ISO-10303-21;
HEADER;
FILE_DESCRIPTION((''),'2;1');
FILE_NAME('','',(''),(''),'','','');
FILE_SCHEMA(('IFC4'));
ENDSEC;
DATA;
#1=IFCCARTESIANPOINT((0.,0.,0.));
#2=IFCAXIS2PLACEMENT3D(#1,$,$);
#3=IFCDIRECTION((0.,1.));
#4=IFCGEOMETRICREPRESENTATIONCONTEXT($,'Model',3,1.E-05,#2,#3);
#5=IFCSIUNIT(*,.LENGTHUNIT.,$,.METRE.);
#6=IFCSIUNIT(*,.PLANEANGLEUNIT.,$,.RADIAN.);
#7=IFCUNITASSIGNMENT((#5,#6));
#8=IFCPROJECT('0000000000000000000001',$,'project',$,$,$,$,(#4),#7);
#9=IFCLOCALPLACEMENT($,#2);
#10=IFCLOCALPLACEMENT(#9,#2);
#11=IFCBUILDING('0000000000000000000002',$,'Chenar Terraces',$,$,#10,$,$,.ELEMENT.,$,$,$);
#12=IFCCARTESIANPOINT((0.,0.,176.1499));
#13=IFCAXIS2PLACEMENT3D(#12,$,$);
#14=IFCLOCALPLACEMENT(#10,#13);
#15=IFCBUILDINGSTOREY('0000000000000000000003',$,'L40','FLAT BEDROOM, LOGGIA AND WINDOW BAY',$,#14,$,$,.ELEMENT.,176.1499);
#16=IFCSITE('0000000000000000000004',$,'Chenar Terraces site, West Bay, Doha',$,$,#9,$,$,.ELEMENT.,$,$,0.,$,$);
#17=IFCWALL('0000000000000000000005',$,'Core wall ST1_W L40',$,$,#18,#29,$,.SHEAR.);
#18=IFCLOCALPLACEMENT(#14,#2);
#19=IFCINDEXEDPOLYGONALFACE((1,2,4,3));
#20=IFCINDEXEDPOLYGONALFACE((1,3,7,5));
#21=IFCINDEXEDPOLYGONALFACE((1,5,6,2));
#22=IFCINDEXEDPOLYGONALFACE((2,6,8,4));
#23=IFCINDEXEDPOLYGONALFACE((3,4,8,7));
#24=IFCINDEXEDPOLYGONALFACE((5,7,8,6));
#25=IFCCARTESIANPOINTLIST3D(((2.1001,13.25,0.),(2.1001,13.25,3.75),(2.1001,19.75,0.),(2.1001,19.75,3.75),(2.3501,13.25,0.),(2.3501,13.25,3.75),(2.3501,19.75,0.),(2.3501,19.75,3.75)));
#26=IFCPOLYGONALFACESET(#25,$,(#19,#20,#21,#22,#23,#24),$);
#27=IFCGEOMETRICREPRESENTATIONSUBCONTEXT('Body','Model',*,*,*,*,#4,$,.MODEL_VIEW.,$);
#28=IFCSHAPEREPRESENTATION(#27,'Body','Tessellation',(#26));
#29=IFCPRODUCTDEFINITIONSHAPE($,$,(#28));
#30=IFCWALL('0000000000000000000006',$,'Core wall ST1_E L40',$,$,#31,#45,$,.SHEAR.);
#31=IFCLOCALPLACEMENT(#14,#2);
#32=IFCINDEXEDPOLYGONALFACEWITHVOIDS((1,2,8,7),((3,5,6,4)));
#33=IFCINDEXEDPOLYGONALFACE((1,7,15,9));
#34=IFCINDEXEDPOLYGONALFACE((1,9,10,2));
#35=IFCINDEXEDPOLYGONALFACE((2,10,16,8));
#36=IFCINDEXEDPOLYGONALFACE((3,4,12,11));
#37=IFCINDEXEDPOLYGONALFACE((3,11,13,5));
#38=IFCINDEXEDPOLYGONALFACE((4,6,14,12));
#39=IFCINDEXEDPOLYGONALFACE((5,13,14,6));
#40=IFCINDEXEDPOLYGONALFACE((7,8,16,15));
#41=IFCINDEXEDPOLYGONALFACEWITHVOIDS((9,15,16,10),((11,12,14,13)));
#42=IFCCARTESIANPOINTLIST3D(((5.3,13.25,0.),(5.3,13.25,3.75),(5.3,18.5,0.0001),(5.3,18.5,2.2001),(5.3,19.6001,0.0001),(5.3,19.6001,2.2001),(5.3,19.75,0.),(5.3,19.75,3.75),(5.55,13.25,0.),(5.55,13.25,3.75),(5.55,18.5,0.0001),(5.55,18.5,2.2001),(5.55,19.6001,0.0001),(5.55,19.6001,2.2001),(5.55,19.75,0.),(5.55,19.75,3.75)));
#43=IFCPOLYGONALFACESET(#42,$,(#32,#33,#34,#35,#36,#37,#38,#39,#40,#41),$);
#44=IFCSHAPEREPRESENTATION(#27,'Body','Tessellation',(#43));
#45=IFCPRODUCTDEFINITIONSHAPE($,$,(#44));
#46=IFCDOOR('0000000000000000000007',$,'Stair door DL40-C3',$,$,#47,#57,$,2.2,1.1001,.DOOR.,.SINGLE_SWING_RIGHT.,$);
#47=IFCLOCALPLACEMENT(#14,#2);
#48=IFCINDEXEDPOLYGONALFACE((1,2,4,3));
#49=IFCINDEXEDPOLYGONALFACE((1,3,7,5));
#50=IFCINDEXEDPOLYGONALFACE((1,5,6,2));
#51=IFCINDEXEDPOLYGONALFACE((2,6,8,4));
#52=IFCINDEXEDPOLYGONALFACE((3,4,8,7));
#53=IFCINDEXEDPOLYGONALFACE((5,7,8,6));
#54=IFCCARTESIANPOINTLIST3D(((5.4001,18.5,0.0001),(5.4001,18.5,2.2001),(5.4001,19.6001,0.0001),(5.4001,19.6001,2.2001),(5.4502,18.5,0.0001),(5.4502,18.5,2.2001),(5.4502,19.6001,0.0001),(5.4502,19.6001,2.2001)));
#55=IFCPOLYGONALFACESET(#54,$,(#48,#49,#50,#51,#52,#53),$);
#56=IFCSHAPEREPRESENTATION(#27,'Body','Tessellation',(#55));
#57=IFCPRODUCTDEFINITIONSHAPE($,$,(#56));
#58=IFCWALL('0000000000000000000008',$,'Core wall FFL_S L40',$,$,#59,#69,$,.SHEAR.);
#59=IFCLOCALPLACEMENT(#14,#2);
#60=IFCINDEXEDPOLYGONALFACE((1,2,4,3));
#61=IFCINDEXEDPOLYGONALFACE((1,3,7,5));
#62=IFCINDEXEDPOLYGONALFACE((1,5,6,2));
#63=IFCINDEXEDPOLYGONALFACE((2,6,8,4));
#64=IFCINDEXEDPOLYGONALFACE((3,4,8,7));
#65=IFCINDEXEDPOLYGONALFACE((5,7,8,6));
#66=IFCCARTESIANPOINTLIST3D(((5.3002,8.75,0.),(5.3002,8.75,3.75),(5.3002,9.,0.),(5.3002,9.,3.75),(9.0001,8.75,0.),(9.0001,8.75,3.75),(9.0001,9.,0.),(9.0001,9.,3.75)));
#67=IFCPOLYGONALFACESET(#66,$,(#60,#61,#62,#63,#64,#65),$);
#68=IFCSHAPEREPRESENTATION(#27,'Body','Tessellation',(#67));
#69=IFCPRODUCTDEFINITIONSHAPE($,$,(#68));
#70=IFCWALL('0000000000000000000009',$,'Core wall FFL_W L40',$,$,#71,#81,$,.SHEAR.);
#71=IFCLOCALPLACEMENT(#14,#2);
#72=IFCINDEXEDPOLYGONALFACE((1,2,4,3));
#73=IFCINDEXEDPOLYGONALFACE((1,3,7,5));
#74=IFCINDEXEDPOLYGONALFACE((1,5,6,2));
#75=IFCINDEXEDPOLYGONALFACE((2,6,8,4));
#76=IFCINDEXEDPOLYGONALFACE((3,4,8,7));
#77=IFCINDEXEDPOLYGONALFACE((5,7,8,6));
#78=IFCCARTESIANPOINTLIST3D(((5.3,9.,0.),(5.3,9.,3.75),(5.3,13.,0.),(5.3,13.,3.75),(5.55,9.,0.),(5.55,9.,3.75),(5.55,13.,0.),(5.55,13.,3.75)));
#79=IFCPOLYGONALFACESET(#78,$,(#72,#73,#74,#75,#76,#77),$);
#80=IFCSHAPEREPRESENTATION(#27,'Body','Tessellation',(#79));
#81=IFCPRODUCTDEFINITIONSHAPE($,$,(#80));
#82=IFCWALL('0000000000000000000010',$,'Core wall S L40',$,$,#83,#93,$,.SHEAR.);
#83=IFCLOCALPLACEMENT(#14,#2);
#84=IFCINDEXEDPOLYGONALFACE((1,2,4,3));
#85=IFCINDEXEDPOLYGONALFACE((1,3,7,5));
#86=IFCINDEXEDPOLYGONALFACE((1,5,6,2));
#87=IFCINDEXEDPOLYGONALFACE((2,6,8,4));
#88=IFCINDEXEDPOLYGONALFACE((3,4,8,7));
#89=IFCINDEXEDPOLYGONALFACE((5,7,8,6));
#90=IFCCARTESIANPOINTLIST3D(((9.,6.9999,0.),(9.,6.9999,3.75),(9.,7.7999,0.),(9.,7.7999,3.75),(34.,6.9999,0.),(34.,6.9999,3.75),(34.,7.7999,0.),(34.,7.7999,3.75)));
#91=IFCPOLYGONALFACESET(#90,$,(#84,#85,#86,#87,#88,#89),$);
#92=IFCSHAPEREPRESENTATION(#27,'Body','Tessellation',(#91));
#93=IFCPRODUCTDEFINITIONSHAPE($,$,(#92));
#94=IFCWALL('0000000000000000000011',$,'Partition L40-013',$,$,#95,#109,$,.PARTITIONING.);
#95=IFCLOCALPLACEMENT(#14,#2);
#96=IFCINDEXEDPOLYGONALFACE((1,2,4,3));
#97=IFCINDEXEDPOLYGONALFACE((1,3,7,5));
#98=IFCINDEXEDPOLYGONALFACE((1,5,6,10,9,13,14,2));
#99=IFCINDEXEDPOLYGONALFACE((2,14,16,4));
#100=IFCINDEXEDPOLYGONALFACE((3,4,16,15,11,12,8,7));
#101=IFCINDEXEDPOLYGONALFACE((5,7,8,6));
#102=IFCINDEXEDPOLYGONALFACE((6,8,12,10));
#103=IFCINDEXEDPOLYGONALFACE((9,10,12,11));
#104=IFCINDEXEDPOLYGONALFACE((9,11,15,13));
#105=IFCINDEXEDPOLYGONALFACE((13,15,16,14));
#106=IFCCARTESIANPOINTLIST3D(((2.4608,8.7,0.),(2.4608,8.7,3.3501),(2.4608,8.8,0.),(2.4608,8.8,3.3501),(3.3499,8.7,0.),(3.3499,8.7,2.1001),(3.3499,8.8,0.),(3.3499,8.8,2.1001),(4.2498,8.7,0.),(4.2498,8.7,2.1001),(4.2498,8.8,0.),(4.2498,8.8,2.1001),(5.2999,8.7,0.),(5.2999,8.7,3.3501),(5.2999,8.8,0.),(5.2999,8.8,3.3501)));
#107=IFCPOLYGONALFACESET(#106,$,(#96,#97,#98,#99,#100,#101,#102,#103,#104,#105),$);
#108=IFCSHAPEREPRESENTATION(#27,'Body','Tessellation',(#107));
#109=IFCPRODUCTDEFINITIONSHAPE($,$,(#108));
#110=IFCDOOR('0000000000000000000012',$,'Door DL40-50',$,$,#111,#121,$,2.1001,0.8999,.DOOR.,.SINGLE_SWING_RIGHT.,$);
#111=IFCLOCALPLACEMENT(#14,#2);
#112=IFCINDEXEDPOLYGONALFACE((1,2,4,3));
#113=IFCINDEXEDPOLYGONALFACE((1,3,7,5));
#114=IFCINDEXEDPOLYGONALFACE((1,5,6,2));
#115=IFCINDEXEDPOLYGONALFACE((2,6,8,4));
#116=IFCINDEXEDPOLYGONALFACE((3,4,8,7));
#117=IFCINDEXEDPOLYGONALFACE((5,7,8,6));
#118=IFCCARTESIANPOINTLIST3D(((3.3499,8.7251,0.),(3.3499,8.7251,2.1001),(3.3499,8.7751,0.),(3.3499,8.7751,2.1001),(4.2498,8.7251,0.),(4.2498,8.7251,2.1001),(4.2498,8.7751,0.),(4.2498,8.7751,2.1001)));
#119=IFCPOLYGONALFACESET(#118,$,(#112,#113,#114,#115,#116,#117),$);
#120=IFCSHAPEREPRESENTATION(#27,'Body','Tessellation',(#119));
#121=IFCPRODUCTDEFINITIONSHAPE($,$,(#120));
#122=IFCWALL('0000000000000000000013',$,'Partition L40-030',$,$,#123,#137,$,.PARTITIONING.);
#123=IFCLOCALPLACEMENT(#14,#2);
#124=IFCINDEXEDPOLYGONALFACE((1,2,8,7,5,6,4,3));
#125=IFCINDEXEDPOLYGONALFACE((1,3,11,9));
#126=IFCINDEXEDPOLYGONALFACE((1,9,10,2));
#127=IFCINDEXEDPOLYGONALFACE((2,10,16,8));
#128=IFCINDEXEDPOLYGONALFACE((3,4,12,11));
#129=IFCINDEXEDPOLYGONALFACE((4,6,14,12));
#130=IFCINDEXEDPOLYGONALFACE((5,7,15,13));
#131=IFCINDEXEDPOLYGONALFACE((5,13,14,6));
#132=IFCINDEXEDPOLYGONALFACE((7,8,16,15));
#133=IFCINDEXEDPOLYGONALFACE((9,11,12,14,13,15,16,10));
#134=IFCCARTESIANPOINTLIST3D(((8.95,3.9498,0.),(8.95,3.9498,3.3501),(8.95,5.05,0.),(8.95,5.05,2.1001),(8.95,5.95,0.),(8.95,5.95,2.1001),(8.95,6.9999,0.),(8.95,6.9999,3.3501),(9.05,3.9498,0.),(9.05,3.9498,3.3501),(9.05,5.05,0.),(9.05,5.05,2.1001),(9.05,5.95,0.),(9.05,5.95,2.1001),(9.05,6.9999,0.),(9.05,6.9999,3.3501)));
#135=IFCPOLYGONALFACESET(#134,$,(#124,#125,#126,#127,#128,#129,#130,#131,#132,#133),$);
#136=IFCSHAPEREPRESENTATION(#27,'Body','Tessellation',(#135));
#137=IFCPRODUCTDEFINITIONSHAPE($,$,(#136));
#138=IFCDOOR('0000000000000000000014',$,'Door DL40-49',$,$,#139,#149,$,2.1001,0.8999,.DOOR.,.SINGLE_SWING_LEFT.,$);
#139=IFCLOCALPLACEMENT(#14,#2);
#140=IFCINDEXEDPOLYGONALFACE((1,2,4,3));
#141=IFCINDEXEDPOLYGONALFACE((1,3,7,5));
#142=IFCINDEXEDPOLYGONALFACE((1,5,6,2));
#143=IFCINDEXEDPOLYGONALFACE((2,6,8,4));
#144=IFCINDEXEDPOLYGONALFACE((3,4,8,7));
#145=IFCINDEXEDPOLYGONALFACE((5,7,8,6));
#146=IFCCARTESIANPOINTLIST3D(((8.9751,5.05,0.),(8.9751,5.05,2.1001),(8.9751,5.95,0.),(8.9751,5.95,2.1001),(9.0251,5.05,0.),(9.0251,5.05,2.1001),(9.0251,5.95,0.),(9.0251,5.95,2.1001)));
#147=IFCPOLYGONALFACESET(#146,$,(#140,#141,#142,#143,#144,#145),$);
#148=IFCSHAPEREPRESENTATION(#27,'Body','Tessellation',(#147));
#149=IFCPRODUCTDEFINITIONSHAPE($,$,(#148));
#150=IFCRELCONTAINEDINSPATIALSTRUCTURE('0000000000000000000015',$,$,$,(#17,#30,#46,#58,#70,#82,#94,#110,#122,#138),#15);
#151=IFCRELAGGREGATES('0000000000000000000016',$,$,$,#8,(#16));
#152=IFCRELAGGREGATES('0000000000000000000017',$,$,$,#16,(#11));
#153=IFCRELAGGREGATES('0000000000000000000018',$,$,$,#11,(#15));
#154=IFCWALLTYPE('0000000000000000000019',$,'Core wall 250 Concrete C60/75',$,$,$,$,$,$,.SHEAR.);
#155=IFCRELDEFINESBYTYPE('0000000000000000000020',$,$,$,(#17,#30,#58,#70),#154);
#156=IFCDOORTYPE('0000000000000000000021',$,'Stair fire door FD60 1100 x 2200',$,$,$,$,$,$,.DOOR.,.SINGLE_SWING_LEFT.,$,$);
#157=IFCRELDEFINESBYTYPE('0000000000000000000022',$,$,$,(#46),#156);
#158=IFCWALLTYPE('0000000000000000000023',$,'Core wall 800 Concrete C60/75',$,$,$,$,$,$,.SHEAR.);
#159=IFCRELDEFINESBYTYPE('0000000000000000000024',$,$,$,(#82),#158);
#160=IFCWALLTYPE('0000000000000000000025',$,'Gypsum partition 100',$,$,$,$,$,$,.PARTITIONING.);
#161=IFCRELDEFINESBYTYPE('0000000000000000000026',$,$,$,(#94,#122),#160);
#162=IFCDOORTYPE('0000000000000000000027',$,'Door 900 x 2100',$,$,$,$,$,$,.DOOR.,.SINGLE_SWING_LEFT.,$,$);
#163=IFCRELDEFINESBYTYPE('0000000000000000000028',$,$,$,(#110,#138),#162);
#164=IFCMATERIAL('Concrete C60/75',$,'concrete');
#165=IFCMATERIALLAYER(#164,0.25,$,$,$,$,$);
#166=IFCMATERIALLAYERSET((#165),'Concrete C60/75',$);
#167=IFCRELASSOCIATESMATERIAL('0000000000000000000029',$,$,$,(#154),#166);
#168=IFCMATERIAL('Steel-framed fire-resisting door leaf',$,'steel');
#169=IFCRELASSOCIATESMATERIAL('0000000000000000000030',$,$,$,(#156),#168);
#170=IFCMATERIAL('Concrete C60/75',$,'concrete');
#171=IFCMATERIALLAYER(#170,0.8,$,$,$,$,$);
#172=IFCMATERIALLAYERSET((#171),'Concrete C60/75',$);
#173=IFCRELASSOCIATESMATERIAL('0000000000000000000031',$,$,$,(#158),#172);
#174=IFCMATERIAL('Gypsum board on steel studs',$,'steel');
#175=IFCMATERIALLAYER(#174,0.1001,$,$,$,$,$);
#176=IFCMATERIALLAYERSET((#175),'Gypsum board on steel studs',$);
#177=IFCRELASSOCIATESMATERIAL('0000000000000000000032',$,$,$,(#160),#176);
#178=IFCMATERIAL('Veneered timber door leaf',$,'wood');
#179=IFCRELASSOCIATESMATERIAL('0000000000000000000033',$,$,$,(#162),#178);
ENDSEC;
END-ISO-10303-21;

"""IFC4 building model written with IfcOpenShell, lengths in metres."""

from ifc_helpers import new_model, si_unit, direction, frame, frame_2d, origin, place, context, subcontext, project, spatial, rectangle, extrude, material, layer, layer_set, type_object, element, fill, save


model = new_model("IFC4")

# Units and contexts
model_context = context("Model", 3, precision=1e-05, world=origin(), true_north=direction((0.0, 1.0)))
body_context = subcontext(model_context, "Body", "Model", "MODEL_VIEW")
ifc_project = project(units=[si_unit("LENGTHUNIT", "METRE"), si_unit("PLANEANGLEUNIT", "RADIAN")], contexts=[model_context])

# Site, building, storey
site_placement = place(None, origin())
site = spatial("IfcSite", under=ifc_project, at=site_placement, Name="Chenar Terraces site, West Bay, Doha", CompositionType="ELEMENT", RefElevation=0.0)
building_placement = place(site_placement, origin())
building = spatial("IfcBuilding", under=site, at=building_placement, Name="Chenar Terraces", CompositionType="ELEMENT")
storey_placement = place(building_placement, frame((0.0, 0.0, 176.1499)))
storey = spatial("IfcBuildingStorey", under=building, at=storey_placement, Name="L40", Description="FLAT BEDROOM, LOGGIA AND WINDOW BAY", CompositionType="ELEMENT", Elevation=176.1499)

# Wall
ifc_material_1 = material(Name="Concrete C60/75", Category="concrete")
ifc_layer_1 = layer(ifc_material_1, 0.25)
ifc_layer_set_1 = layer_set([ifc_layer_1], Name="Concrete C60/75")
wall_type_1 = type_object("IfcWallType", Name="Core wall 250 Concrete C60/75", PredefinedType="SHEAR", material=ifc_layer_set_1)
wall_1_placement = place(storey_placement, frame((2.2251, 13.25, 0.0), z_axis=(0.0, 0.0, 1.0), x_axis=(0.0, 1.0, 0.0)))
element("IfcWall", 1, at=wall_1_placement, inside=storey, type_object=wall_type_1, Name="Core wall ST1_W L40", PredefinedType="SHEAR", context=body_context, shape_type="SweptSolid", body=[
    extrude(rectangle(XDim=6.5, YDim=0.25, at=frame_2d((3.25, 0.0))), origin(), (0.0, 0.0, 1.0), 3.75),
])

# Wall, opening, door
wall_2_placement = place(storey_placement, frame((5.425, 13.25, 0.0), z_axis=(0.0, 0.0, 1.0), x_axis=(0.0, 1.0, 0.0)))
wall_2 = element("IfcWall", 2, at=wall_2_placement, inside=storey, type_object=wall_type_1, Name="Core wall ST1_E L40", PredefinedType="SHEAR", context=body_context, shape_type="SweptSolid", body=[
    extrude(rectangle(XDim=6.5, YDim=0.25, at=frame_2d((3.25, 0.0))), origin(), (0.0, 0.0, 1.0), 3.75),
])
opening_1_placement = place(wall_2_placement, frame((5.25, 0.0, 0.0)))
opening_1 = element("IfcOpeningElement", 3, at=opening_1_placement, cuts=wall_2, PredefinedType="OPENING", context=body_context, shape_type="SweptSolid", body=[
    extrude(rectangle(XDim=1.1001, YDim=2.2, at=frame_2d((0.55, 1.1001))), frame((0.0, 0.135, 0.0), z_axis=(0.0, -1.0, 0.0), x_axis=(1.0, 0.0, 0.0)), (0.0, 0.0, 1.0), 0.27),
])
ifc_material_2 = material(Name="Steel-framed fire-resisting door leaf", Category="steel")
door_type_1 = type_object("IfcDoorType", Name="Stair fire door FD60 1100 x 2200", OperationType="SINGLE_SWING_LEFT", PredefinedType="DOOR", material=ifc_material_2)
door_1_placement = place(opening_1_placement, origin())
door_1 = element("IfcDoor", 4, at=door_1_placement, inside=storey, type_object=door_type_1, Name="Stair door DL40-C3", OperationType="SINGLE_SWING_RIGHT", OverallHeight=2.2, OverallWidth=1.1001, PredefinedType="DOOR", context=body_context, shape_type="SweptSolid", body=[
    extrude(rectangle(XDim=1.1001, YDim=2.2, at=frame_2d((0.55, 1.1001))), frame((0.0, 0.0249, 0.0), z_axis=(0.0, -1.0, 0.0), x_axis=(1.0, 0.0, 0.0)), (0.0, 0.0, 1.0), 0.05),
])
fill(opening_1, door_1)

# Walls
wall_3_placement = place(storey_placement, frame((5.3, 8.875, 0.0), z_axis=(0.0, 0.0, 1.0), x_axis=(1.0, 0.0, 0.0)))
element("IfcWall", 5, at=wall_3_placement, inside=storey, type_object=wall_type_1, Name="Core wall FFL_S L40", PredefinedType="SHEAR", context=body_context, shape_type="SweptSolid", body=[
    extrude(rectangle(XDim=3.7, YDim=0.25, at=frame_2d((1.8501, 0.0))), origin(), (0.0, 0.0, 1.0), 3.75),
])
wall_4_placement = place(storey_placement, frame((5.425, 9.0, 0.0), z_axis=(0.0, 0.0, 1.0), x_axis=(0.0, 1.0, 0.0)))
element("IfcWall", 6, at=wall_4_placement, inside=storey, type_object=wall_type_1, Name="Core wall FFL_W L40", PredefinedType="SHEAR", context=body_context, shape_type="SweptSolid", body=[
    extrude(rectangle(XDim=4.0, YDim=0.25, at=frame_2d((2.0, 0.0))), origin(), (0.0, 0.0, 1.0), 3.75),
])
ifc_material_3 = material(Name="Concrete C60/75", Category="concrete")
ifc_layer_2 = layer(ifc_material_3, 0.8)
ifc_layer_set_2 = layer_set([ifc_layer_2], Name="Concrete C60/75")
wall_type_2 = type_object("IfcWallType", Name="Core wall 800 Concrete C60/75", PredefinedType="SHEAR", material=ifc_layer_set_2)
wall_5_placement = place(storey_placement, frame((9.0, 7.3999, 0.0), z_axis=(0.0, 0.0, 1.0), x_axis=(1.0, 0.0, 0.0)))
element("IfcWall", 7, at=wall_5_placement, inside=storey, type_object=wall_type_2, Name="Core wall S L40", PredefinedType="SHEAR", context=body_context, shape_type="SweptSolid", body=[
    extrude(rectangle(XDim=25.0, YDim=0.8, at=frame_2d((12.5, 0.0))), origin(), (0.0, 0.0, 1.0), 3.75),
])

# Walls, openings, doors
ifc_material_4 = material(Name="Gypsum board on steel studs", Category="steel")
ifc_layer_3 = layer(ifc_material_4, 0.1001)
ifc_layer_set_3 = layer_set([ifc_layer_3], Name="Gypsum board on steel studs")
wall_type_3 = type_object("IfcWallType", Name="Gypsum partition 100", PredefinedType="PARTITIONING", material=ifc_layer_set_3)
wall_6_placement = place(storey_placement, frame((2.4609, 8.75, 0.0), z_axis=(0.0, 0.0, 1.0), x_axis=(1.0, 0.0, 0.0)))
wall_6 = element("IfcWall", 8, at=wall_6_placement, inside=storey, type_object=wall_type_3, Name="Partition L40-013", PredefinedType="PARTITIONING", context=body_context, shape_type="SweptSolid", body=[
    extrude(rectangle(XDim=2.8391, YDim=0.1001, at=frame_2d((1.4194, 0.0))), origin(), (0.0, 0.0, 1.0), 3.3501),
])
opening_2_placement = place(wall_6_placement, frame((0.8889, 0.0, 0.0)))
opening_2 = element("IfcOpeningElement", 9, at=opening_2_placement, cuts=wall_6, PredefinedType="OPENING", context=body_context, shape_type="SweptSolid", body=[
    extrude(rectangle(XDim=0.8999, YDim=2.1001, at=frame_2d((0.45, 1.05))), frame((0.0, 0.0601, 0.0), z_axis=(0.0, -1.0, 0.0), x_axis=(1.0, 0.0, 0.0)), (0.0, 0.0, 1.0), 0.1201),
])
ifc_material_5 = material(Name="Veneered timber door leaf", Category="wood")
door_type_2 = type_object("IfcDoorType", Name="Door 900 x 2100", OperationType="SINGLE_SWING_LEFT", PredefinedType="DOOR", material=ifc_material_5)
door_2_placement = place(opening_2_placement, frame((0.8999, 0.0, 0.0), z_axis=(0.0, 0.0, 1.0), x_axis=(-1.0, 0.0, 0.0)))
door_2 = element("IfcDoor", 10, at=door_2_placement, inside=storey, type_object=door_type_2, Name="Door DL40-50", OperationType="SINGLE_SWING_RIGHT", OverallHeight=2.1001, OverallWidth=0.8999, PredefinedType="DOOR", context=body_context, shape_type="SweptSolid", body=[
    extrude(rectangle(XDim=0.8999, YDim=2.1001, at=frame_2d((0.45, 1.05))), frame((0.0, 0.0249, 0.0), z_axis=(0.0, -1.0, 0.0), x_axis=(1.0, 0.0, 0.0)), (0.0, 0.0, 1.0), 0.05),
])
fill(opening_2, door_2)
wall_7_placement = place(storey_placement, frame((9.0, 3.95, 0.0), z_axis=(0.0, 0.0, 1.0), x_axis=(0.0, 1.0, 0.0)))
wall_7 = element("IfcWall", 11, at=wall_7_placement, inside=storey, type_object=wall_type_3, Name="Partition L40-030", PredefinedType="PARTITIONING", context=body_context, shape_type="SweptSolid", body=[
    extrude(rectangle(XDim=3.05, YDim=0.1001, at=frame_2d((1.5249, 0.0))), origin(), (0.0, 0.0, 1.0), 3.3501),
])
opening_3_placement = place(wall_7_placement, frame((1.1001, 0.0, 0.0)))
opening_3 = element("IfcOpeningElement", 12, at=opening_3_placement, cuts=wall_7, PredefinedType="OPENING", context=body_context, shape_type="SweptSolid", body=[
    extrude(rectangle(XDim=0.8999, YDim=2.1001, at=frame_2d((0.45, 1.05))), frame((0.0, 0.0601, 0.0), z_axis=(0.0, -1.0, 0.0), x_axis=(1.0, 0.0, 0.0)), (0.0, 0.0, 1.0), 0.1201),
])
door_3_placement = place(opening_3_placement, origin())
door_3 = element("IfcDoor", 13, at=door_3_placement, inside=storey, type_object=door_type_2, Name="Door DL40-49", OperationType="SINGLE_SWING_LEFT", OverallHeight=2.1001, OverallWidth=0.8999, PredefinedType="DOOR", context=body_context, shape_type="SweptSolid", body=[
    extrude(rectangle(XDim=0.8999, YDim=2.1001, at=frame_2d((0.45, 1.05))), frame((0.0, 0.0249, 0.0), z_axis=(0.0, -1.0, 0.0), x_axis=(1.0, 0.0, 0.0)), (0.0, 0.0, 1.0), 0.05),
])
fill(opening_3, door_3)

save(model, "model.ifc")
